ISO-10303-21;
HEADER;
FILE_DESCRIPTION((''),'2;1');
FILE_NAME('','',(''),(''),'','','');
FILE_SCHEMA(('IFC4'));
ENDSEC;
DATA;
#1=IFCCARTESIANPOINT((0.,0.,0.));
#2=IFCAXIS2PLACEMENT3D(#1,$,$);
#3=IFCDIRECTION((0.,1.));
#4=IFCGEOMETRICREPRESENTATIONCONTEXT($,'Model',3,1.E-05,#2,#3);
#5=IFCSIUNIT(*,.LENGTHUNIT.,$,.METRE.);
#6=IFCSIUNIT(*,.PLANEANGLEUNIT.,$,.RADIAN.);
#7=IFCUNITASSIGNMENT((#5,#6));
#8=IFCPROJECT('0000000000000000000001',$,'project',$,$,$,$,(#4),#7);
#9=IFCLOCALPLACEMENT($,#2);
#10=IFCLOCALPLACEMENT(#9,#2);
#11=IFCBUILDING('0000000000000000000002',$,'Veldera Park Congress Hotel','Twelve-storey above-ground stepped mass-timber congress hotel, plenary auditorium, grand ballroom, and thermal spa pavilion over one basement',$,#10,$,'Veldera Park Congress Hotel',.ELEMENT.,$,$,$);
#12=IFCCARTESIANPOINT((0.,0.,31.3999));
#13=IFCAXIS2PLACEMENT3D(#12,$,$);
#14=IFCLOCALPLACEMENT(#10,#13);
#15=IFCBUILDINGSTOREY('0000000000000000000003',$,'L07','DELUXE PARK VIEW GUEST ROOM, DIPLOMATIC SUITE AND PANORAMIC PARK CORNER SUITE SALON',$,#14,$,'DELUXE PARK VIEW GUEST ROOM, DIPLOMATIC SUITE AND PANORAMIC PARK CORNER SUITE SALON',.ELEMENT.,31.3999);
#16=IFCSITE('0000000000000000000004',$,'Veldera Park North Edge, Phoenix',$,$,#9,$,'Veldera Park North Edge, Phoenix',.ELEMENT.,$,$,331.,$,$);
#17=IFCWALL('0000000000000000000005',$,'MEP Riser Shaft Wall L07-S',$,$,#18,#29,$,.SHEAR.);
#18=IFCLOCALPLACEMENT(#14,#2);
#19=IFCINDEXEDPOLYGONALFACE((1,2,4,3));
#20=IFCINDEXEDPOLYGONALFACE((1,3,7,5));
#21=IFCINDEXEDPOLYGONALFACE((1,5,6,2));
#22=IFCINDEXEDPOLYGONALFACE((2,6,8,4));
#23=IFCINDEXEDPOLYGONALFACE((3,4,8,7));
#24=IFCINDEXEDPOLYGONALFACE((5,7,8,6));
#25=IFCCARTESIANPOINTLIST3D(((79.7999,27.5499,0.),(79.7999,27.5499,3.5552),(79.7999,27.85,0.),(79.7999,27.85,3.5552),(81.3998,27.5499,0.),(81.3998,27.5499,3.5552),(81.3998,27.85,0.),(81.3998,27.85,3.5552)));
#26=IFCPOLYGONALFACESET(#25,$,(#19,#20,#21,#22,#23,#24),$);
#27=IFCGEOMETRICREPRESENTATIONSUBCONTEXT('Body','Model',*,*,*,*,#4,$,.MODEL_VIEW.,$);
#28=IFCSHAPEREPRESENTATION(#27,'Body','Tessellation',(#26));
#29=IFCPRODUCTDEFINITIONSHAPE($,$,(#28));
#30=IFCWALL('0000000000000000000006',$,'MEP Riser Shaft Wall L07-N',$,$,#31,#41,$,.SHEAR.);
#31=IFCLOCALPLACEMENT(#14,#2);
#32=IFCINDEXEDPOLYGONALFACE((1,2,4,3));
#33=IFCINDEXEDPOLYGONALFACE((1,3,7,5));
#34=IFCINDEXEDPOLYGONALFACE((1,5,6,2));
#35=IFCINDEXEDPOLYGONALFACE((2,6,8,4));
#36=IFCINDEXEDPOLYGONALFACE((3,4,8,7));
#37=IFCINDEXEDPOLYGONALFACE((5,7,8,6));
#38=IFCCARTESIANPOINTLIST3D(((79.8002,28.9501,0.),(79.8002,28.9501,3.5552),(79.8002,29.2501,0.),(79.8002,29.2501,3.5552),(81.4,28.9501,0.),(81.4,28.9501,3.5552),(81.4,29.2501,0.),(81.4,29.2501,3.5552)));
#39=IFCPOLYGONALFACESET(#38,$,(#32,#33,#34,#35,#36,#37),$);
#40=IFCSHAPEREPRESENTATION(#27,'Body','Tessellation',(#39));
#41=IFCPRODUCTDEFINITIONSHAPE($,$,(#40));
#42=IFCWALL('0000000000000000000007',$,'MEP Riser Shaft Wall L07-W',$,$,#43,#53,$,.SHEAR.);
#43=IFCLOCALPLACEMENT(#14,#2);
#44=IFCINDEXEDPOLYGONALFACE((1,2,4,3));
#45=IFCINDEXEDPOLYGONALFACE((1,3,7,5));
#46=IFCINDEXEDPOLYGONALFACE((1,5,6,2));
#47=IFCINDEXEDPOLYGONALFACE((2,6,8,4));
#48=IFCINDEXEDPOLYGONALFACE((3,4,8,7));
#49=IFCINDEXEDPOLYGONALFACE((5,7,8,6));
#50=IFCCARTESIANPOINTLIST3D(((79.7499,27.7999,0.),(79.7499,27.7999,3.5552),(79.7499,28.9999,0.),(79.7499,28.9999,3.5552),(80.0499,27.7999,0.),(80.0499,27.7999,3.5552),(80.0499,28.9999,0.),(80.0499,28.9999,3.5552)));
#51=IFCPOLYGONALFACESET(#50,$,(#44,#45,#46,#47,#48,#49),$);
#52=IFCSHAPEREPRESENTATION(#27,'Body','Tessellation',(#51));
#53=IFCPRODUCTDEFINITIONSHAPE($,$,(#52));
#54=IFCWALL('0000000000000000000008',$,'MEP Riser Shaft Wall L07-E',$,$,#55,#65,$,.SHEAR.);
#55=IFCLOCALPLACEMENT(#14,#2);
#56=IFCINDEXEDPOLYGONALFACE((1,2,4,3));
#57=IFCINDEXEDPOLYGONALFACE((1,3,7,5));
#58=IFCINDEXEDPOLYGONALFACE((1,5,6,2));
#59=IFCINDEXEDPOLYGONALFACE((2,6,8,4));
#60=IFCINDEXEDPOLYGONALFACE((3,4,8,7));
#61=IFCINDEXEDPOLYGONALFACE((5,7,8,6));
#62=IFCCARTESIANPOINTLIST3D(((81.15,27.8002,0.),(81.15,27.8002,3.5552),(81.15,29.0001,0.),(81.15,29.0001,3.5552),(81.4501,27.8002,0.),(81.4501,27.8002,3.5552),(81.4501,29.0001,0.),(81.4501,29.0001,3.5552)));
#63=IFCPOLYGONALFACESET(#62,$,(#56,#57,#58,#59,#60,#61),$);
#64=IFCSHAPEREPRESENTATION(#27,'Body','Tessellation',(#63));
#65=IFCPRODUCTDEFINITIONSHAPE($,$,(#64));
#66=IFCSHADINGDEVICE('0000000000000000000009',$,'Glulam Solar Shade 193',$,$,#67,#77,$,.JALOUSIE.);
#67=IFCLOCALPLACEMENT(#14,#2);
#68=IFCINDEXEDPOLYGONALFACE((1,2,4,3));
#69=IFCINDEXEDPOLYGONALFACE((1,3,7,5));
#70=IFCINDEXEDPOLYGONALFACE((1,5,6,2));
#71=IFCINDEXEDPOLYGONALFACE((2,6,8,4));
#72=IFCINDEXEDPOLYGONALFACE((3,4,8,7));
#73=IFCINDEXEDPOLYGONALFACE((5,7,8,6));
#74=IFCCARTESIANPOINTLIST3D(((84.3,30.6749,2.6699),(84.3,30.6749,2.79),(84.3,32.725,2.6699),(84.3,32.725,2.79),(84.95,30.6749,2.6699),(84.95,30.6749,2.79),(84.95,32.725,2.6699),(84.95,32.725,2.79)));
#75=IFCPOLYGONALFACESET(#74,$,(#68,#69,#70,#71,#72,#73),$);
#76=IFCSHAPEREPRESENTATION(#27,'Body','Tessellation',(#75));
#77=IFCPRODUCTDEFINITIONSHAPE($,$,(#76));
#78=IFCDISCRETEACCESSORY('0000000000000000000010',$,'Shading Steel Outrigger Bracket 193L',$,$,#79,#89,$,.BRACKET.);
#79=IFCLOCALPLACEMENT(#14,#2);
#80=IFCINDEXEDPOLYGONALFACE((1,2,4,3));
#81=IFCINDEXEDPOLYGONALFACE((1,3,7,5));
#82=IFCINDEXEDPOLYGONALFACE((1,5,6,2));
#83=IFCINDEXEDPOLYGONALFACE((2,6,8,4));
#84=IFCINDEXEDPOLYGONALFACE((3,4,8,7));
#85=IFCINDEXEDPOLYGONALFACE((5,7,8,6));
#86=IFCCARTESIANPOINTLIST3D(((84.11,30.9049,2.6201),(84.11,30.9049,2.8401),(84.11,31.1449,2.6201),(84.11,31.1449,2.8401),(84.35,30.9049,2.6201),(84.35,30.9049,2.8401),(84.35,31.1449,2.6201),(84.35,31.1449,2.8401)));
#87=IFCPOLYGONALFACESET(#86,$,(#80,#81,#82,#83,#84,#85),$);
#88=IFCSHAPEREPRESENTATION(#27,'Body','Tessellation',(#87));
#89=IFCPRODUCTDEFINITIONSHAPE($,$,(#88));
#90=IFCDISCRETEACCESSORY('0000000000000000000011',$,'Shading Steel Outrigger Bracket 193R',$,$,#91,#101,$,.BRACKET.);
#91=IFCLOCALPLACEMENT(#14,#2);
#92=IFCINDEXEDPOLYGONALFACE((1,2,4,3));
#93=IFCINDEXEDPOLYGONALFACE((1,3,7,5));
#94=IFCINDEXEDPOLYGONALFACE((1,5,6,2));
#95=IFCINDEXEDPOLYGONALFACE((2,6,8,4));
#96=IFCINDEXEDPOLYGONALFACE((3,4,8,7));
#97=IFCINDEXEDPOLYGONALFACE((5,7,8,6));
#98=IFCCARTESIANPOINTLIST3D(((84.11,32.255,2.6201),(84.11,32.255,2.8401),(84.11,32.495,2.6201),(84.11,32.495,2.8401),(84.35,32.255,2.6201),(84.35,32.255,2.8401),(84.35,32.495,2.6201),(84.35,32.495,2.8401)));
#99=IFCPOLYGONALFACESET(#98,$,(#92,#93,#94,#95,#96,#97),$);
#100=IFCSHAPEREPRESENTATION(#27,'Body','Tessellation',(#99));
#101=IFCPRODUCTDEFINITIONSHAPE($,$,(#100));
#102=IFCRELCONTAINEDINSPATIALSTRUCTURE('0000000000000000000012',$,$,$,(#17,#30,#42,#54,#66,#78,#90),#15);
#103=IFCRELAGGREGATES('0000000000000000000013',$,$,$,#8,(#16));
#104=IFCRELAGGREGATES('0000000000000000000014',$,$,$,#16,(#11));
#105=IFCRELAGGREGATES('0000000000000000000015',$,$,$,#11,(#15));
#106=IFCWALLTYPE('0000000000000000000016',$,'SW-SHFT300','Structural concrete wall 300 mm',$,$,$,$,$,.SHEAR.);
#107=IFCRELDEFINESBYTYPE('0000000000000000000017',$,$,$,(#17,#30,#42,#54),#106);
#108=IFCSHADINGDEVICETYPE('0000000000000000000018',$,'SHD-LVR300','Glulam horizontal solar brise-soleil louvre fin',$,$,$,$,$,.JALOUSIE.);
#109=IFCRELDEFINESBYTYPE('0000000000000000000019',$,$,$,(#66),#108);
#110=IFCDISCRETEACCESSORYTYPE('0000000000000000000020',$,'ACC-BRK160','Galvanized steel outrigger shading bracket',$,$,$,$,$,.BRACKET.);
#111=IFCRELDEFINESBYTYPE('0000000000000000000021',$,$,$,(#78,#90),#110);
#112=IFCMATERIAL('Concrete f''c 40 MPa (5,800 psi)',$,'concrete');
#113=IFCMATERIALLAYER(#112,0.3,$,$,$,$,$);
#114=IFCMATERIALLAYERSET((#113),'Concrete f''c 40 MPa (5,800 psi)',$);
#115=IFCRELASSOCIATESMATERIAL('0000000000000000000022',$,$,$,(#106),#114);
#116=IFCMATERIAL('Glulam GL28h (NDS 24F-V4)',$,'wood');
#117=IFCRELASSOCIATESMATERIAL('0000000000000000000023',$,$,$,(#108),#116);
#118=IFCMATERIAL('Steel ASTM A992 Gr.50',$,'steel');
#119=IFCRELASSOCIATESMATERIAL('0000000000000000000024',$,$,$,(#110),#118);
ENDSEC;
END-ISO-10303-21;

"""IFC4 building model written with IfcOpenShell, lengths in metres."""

from ifc_helpers import new_model, si_unit, direction, frame, frame_2d, origin, origin_2d, place, context, subcontext, project, spatial, rectangle, extrude, material, layer, layer_set, type_object, element, save


model = new_model("IFC4")

# Units and contexts
model_context = context("Model", 3, precision=1e-05, world=origin(), true_north=direction((0.0, 1.0)))
body_context = subcontext(model_context, "Body", "Model", "MODEL_VIEW")
ifc_project = project(units=[si_unit("LENGTHUNIT", "METRE"), si_unit("PLANEANGLEUNIT", "RADIAN")], contexts=[model_context])

# Site, building, storey
site_placement = place(None, origin())
site = spatial("IfcSite", under=ifc_project, at=site_placement, Name="Veldera Park North Edge, Phoenix", LongName="Veldera Park North Edge, Phoenix", CompositionType="ELEMENT", RefElevation=331.0)
building_placement = place(site_placement, origin())
building = spatial("IfcBuilding", under=site, at=building_placement, Name="Veldera Park Congress Hotel", Description="Twelve-storey above-ground stepped mass-timber congress hotel, plenary auditorium, grand ballroom, and thermal spa pavilion over one basement", LongName="Veldera Park Congress Hotel", CompositionType="ELEMENT")
storey_placement = place(building_placement, frame((0.0, 0.0, 31.3999)))
storey = spatial("IfcBuildingStorey", under=building, at=storey_placement, Name="L07", Description="DELUXE PARK VIEW GUEST ROOM, DIPLOMATIC SUITE AND PANORAMIC PARK CORNER SUITE SALON", LongName="DELUXE PARK VIEW GUEST ROOM, DIPLOMATIC SUITE AND PANORAMIC PARK CORNER SUITE SALON", CompositionType="ELEMENT", Elevation=31.3999)

# Shared definitions
ifc_material_1 = material(Name="Glulam GL28h (NDS 24F-V4)", Category="wood")

# Walls
ifc_material_2 = material(Name="Concrete f'c 40 MPa (5,800 psi)", Category="concrete")
ifc_layer_1 = layer(ifc_material_2, 0.3)
ifc_layer_set_1 = layer_set([ifc_layer_1], Name="Concrete f'c 40 MPa (5,800 psi)")
wall_type_1 = type_object("IfcWallType", Name="SW-SHFT300", Description="Structural concrete wall 300 mm", PredefinedType="SHEAR", material=ifc_layer_set_1)
for number, where, z_axis, x_axis, name in (
    (1, (79.8, 27.7, 0.0), (0.0, 0.0, 1.0), (1.0, 0.0, 0.0), "MEP Riser Shaft Wall L07-S"),
    (2, (81.3999, 29.1001, 0.0), (0.0, 0.0, 1.0), (-1.0, 0.0, 0.0), "MEP Riser Shaft Wall L07-N"),
):
    element("IfcWall", number, at=place(storey_placement, frame(where, z_axis=z_axis, x_axis=x_axis)), inside=storey, type_object=wall_type_1, Name=name, PredefinedType="SHEAR", context=body_context, shape_type="SweptSolid", body=[
        extrude(rectangle(XDim=1.5999, YDim=0.3, at=frame_2d((0.7998, 0.0))), origin(), (0.0, 0.0, 1.0), 3.5552),
    ])
for number, where, z_axis, x_axis, name in (
    (3, (79.8999, 29.0, 0.0), (0.0, 0.0, 1.0), (0.0, -1.0, 0.0), "MEP Riser Shaft Wall L07-W"),
    (4, (81.3, 27.8, 0.0), (0.0, 0.0, 1.0), (0.0, 1.0, 0.0), "MEP Riser Shaft Wall L07-E"),
):
    element("IfcWall", number, at=place(storey_placement, frame(where, z_axis=z_axis, x_axis=x_axis)), inside=storey, type_object=wall_type_1, Name=name, PredefinedType="SHEAR", context=body_context, shape_type="SweptSolid", body=[
        extrude(rectangle(XDim=1.2, YDim=0.3, at=frame_2d((0.6001, 0.0))), origin(), (0.0, 0.0, 1.0), 3.5552),
    ])

# Shading device
shading_device_type = type_object("IfcShadingDeviceType", Name="SHD-LVR300", Description="Glulam horizontal solar brise-soleil louvre fin", PredefinedType="JALOUSIE", material=ifc_material_1)
shading_device_placement = place(storey_placement, frame((84.625, 31.7, 2.6699), z_axis=(0.0, 0.0, 1.0), x_axis=(0.0, 1.0, 0.0)))
element("IfcShadingDevice", 5, at=shading_device_placement, inside=storey, type_object=shading_device_type, Name="Glulam Solar Shade 193", PredefinedType="JALOUSIE", context=body_context, shape_type="SweptSolid", body=[
    extrude(rectangle(XDim=2.05, YDim=0.6499, at=origin_2d()), origin(), (0.0, 0.0, 1.0), 0.1201),
])

# Discrete accessories
ifc_material_3 = material(Name="Steel ASTM A992 Gr.50", Category="steel")
discrete_accessory_type = type_object("IfcDiscreteAccessoryType", Name="ACC-BRK160", Description="Galvanized steel outrigger shading bracket", PredefinedType="BRACKET", material=ifc_material_3)
for number, where, z_axis, x_axis, name in (
    (6, (84.23, 31.0249, 2.6201), (0.0, 0.0, 1.0), (0.0, 1.0, 0.0), "Shading Steel Outrigger Bracket 193L"),
    (7, (84.23, 32.375, 2.6201), (0.0, 0.0, 1.0), (0.0, 1.0, 0.0), "Shading Steel Outrigger Bracket 193R"),
):
    element("IfcDiscreteAccessory", number, at=place(storey_placement, frame(where, z_axis=z_axis, x_axis=x_axis)), inside=storey, type_object=discrete_accessory_type, Name=name, PredefinedType="BRACKET", context=body_context, shape_type="SweptSolid", body=[
        extrude(rectangle(XDim=0.24, YDim=0.24, at=origin_2d()), origin(), (0.0, 0.0, 1.0), 0.22),
    ])

save(model, "model.ifc")
